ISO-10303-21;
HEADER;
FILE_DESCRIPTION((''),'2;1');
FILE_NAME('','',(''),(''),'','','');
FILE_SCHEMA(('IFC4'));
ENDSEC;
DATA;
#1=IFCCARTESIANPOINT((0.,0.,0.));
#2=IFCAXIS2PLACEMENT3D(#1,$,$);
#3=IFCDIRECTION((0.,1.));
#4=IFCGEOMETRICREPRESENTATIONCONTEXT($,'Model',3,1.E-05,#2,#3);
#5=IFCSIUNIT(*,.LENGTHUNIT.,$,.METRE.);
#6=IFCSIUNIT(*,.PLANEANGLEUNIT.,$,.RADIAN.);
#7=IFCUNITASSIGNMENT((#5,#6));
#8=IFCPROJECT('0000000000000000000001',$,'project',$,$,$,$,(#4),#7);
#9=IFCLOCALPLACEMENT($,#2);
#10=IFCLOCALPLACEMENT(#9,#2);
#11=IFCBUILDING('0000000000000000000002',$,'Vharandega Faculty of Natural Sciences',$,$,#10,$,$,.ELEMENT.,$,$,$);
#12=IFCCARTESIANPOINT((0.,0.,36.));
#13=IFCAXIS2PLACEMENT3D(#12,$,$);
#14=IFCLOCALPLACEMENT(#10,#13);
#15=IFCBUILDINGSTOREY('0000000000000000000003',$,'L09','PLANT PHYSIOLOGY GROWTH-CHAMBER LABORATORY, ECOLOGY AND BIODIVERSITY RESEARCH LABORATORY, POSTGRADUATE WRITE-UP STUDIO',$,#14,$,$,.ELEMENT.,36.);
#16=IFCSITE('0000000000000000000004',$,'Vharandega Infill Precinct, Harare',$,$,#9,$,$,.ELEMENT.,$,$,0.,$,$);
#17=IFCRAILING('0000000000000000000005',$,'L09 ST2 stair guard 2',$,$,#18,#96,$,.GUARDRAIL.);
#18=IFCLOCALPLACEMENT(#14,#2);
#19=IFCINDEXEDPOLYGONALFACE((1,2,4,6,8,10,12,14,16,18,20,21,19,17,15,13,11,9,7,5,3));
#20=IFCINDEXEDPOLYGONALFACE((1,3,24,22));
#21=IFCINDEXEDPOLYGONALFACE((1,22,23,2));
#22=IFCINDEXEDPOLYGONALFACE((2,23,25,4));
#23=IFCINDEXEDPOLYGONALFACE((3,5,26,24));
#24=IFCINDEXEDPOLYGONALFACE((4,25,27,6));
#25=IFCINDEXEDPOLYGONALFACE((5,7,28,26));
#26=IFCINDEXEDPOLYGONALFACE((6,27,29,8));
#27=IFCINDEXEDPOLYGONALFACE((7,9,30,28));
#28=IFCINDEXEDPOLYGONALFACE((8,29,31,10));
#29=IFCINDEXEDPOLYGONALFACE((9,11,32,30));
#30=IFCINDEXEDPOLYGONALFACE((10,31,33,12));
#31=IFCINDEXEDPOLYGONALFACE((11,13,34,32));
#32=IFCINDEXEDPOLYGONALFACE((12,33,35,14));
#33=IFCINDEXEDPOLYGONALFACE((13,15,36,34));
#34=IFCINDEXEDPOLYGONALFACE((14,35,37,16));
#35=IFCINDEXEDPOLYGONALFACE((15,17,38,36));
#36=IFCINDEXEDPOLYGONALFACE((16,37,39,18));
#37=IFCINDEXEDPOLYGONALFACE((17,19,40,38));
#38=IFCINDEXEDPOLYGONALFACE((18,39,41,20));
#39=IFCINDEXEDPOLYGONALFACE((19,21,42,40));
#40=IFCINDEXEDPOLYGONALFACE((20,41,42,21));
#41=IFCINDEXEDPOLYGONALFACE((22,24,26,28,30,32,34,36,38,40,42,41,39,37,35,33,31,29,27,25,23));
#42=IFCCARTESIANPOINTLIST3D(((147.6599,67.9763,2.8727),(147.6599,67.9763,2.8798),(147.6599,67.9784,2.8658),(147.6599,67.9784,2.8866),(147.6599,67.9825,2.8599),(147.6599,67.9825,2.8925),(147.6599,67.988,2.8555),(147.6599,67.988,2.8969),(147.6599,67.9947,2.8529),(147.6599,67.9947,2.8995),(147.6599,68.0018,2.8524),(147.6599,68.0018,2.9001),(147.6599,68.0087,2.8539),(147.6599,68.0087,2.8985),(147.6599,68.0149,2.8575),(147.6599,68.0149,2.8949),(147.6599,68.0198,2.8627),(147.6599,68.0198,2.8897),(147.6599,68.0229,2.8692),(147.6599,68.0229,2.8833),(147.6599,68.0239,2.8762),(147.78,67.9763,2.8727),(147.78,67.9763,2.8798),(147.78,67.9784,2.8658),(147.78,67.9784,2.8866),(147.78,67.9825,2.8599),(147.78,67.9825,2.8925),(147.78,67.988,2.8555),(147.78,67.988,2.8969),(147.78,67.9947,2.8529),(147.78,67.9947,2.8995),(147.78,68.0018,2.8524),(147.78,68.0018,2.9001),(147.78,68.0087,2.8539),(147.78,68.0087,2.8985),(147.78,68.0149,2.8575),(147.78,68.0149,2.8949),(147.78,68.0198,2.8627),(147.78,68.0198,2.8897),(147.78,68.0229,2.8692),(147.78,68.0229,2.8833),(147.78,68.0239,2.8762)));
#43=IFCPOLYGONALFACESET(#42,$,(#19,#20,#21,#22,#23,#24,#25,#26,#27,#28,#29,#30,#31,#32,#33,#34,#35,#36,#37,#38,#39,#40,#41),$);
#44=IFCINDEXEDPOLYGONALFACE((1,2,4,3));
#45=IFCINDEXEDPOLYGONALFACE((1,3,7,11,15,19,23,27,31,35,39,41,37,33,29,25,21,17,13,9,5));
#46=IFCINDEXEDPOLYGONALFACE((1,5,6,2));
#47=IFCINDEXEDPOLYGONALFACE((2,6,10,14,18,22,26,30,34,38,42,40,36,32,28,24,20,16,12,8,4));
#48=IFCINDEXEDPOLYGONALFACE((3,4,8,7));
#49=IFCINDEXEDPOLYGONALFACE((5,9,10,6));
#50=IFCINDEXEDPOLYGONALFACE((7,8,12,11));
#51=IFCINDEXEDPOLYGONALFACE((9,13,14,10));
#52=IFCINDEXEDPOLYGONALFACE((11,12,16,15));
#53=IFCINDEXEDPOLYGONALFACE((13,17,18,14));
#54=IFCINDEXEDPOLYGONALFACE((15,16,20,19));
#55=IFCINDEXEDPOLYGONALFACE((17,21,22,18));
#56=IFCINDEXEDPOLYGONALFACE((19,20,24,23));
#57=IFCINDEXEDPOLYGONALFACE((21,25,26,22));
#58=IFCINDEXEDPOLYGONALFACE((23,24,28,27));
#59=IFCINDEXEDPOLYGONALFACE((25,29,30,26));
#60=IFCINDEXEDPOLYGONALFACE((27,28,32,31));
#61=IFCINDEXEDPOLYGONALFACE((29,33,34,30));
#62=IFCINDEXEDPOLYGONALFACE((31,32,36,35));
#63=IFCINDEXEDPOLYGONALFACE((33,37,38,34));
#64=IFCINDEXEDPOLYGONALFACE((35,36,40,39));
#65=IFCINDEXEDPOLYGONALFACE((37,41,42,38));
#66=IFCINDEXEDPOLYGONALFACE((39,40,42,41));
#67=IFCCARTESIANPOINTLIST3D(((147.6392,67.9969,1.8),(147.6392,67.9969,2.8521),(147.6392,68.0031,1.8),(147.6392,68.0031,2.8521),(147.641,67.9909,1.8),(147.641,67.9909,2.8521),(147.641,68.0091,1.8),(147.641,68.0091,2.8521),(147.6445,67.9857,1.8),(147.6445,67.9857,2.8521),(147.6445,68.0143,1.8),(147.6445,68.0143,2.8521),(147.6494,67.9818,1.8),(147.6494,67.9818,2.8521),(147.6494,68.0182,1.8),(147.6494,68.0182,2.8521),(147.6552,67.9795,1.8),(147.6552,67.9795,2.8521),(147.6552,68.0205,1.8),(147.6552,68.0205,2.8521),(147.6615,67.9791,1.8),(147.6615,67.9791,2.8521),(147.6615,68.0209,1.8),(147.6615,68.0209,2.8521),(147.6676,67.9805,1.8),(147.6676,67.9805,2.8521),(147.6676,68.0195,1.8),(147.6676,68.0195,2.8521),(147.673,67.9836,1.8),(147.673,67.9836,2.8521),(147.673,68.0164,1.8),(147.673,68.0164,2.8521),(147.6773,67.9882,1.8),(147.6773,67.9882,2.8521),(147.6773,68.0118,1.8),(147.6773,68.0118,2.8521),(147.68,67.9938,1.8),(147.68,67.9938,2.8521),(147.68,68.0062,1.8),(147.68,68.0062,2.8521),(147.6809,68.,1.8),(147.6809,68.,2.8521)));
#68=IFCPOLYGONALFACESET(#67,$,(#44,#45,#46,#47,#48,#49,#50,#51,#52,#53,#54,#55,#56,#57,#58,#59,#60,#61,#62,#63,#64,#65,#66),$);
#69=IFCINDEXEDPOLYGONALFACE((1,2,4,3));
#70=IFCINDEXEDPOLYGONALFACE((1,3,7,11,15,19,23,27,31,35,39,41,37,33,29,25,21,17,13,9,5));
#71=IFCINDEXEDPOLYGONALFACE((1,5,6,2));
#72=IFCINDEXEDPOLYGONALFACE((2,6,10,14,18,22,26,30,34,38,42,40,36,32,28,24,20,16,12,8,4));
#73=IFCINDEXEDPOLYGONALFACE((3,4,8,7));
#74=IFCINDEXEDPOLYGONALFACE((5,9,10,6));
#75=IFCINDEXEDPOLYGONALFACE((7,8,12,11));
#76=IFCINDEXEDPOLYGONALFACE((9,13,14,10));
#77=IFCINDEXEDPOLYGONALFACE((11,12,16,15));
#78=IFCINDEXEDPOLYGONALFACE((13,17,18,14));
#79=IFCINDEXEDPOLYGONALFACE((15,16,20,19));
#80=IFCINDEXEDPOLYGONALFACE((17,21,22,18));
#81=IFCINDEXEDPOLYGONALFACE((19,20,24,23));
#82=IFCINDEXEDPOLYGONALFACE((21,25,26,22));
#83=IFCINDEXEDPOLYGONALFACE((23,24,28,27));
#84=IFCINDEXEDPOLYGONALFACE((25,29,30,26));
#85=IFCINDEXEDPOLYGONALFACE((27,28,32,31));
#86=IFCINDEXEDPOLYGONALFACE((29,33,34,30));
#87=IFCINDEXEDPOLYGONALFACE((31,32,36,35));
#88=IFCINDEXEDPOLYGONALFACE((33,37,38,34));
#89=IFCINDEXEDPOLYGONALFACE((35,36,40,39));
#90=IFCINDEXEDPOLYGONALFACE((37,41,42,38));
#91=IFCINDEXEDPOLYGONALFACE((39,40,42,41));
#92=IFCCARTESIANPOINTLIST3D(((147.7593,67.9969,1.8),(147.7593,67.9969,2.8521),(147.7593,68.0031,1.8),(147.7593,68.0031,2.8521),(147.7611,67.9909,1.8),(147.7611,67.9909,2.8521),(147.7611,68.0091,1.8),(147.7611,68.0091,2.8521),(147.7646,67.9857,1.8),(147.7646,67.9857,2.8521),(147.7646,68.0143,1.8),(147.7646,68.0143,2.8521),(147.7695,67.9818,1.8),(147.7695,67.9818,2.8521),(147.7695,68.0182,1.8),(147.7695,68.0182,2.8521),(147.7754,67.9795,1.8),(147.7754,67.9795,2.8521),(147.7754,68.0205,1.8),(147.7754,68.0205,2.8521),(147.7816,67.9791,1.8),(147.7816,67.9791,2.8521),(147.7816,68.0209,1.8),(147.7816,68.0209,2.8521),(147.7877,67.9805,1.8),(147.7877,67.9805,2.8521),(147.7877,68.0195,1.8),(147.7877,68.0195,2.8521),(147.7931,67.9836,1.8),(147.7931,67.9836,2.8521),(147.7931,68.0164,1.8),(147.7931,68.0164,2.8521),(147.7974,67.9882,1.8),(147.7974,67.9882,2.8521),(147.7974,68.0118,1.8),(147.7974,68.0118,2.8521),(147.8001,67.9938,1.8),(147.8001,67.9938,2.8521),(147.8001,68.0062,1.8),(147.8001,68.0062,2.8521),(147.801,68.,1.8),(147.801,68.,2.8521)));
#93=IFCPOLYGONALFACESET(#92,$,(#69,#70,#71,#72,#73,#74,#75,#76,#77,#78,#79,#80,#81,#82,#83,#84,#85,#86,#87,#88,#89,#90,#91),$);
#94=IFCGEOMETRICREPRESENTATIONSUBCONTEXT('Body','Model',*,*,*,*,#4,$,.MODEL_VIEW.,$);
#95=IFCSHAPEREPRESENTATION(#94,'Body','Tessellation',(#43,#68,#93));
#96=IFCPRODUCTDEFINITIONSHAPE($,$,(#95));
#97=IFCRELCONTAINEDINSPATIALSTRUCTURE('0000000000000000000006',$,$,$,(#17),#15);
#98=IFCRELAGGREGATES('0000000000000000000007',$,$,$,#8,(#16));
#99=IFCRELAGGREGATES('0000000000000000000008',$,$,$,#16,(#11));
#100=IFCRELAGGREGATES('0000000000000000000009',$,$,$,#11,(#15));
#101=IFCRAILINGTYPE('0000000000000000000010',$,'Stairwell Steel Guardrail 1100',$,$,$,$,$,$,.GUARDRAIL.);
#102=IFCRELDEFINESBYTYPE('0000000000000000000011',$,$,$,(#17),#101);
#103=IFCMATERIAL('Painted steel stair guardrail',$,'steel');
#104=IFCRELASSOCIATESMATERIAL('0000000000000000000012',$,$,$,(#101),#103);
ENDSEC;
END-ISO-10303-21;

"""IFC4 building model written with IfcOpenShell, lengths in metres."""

from ifc_helpers import new_model, si_unit, direction, frame, origin, origin_2d, place, context, subcontext, project, spatial, circle, extrude, material, type_object, element, save


model = new_model("IFC4")

# Units and contexts
model_context = context("Model", 3, precision=1e-05, world=origin(), true_north=direction((0.0, 1.0)))
body_context = subcontext(model_context, "Body", "Model", "MODEL_VIEW")
ifc_project = project(units=[si_unit("LENGTHUNIT", "METRE"), si_unit("PLANEANGLEUNIT", "RADIAN")], contexts=[model_context])

# Site, building, storey
site_placement = place(None, origin())
site = spatial("IfcSite", under=ifc_project, at=site_placement, Name="Vharandega Infill Precinct, Harare", CompositionType="ELEMENT", RefElevation=0.0)
building_placement = place(site_placement, origin())
building = spatial("IfcBuilding", under=site, at=building_placement, Name="Vharandega Faculty of Natural Sciences", CompositionType="ELEMENT")
storey_placement = place(building_placement, frame((0.0, 0.0, 36.0)))
storey = spatial("IfcBuildingStorey", under=building, at=storey_placement, Name="L09", Description="PLANT PHYSIOLOGY GROWTH-CHAMBER LABORATORY, ECOLOGY AND BIODIVERSITY RESEARCH LABORATORY, POSTGRADUATE WRITE-UP STUDIO", CompositionType="ELEMENT", Elevation=36.0)

# Railing
ifc_material_1 = material(Name="Painted steel stair guardrail", Category="steel")
railing_type_1 = type_object("IfcRailingType", Name="Stairwell Steel Guardrail 1100", PredefinedType="GUARDRAIL", material=ifc_material_1)
railing_1_placement = place(storey_placement, frame((147.6599, 68.0, 1.8)))
element("IfcRailing", 1, at=railing_1_placement, inside=storey, type_object=railing_type_1, Name="L09 ST2 stair guard 2", PredefinedType="GUARDRAIL", context=body_context, shape_type="SweptSolid", body=[
    extrude(circle(Radius=0.0239, at=origin_2d()), frame((0.0, 0.0, 1.0762), z_axis=(1.0, 0.0, 0.0), x_axis=(0.0, 1.0, 0.0)), (0.0, 0.0, 1.0), 0.1201),
    extrude(circle(Radius=0.021, at=origin_2d()), origin(), (0.0, 0.0, 1.0), 1.052),
    extrude(circle(Radius=0.021, at=origin_2d()), frame((0.1201, 0.0, 0.0)), (0.0, 0.0, 1.0), 1.052),
])

save(model, "model.ifc")
